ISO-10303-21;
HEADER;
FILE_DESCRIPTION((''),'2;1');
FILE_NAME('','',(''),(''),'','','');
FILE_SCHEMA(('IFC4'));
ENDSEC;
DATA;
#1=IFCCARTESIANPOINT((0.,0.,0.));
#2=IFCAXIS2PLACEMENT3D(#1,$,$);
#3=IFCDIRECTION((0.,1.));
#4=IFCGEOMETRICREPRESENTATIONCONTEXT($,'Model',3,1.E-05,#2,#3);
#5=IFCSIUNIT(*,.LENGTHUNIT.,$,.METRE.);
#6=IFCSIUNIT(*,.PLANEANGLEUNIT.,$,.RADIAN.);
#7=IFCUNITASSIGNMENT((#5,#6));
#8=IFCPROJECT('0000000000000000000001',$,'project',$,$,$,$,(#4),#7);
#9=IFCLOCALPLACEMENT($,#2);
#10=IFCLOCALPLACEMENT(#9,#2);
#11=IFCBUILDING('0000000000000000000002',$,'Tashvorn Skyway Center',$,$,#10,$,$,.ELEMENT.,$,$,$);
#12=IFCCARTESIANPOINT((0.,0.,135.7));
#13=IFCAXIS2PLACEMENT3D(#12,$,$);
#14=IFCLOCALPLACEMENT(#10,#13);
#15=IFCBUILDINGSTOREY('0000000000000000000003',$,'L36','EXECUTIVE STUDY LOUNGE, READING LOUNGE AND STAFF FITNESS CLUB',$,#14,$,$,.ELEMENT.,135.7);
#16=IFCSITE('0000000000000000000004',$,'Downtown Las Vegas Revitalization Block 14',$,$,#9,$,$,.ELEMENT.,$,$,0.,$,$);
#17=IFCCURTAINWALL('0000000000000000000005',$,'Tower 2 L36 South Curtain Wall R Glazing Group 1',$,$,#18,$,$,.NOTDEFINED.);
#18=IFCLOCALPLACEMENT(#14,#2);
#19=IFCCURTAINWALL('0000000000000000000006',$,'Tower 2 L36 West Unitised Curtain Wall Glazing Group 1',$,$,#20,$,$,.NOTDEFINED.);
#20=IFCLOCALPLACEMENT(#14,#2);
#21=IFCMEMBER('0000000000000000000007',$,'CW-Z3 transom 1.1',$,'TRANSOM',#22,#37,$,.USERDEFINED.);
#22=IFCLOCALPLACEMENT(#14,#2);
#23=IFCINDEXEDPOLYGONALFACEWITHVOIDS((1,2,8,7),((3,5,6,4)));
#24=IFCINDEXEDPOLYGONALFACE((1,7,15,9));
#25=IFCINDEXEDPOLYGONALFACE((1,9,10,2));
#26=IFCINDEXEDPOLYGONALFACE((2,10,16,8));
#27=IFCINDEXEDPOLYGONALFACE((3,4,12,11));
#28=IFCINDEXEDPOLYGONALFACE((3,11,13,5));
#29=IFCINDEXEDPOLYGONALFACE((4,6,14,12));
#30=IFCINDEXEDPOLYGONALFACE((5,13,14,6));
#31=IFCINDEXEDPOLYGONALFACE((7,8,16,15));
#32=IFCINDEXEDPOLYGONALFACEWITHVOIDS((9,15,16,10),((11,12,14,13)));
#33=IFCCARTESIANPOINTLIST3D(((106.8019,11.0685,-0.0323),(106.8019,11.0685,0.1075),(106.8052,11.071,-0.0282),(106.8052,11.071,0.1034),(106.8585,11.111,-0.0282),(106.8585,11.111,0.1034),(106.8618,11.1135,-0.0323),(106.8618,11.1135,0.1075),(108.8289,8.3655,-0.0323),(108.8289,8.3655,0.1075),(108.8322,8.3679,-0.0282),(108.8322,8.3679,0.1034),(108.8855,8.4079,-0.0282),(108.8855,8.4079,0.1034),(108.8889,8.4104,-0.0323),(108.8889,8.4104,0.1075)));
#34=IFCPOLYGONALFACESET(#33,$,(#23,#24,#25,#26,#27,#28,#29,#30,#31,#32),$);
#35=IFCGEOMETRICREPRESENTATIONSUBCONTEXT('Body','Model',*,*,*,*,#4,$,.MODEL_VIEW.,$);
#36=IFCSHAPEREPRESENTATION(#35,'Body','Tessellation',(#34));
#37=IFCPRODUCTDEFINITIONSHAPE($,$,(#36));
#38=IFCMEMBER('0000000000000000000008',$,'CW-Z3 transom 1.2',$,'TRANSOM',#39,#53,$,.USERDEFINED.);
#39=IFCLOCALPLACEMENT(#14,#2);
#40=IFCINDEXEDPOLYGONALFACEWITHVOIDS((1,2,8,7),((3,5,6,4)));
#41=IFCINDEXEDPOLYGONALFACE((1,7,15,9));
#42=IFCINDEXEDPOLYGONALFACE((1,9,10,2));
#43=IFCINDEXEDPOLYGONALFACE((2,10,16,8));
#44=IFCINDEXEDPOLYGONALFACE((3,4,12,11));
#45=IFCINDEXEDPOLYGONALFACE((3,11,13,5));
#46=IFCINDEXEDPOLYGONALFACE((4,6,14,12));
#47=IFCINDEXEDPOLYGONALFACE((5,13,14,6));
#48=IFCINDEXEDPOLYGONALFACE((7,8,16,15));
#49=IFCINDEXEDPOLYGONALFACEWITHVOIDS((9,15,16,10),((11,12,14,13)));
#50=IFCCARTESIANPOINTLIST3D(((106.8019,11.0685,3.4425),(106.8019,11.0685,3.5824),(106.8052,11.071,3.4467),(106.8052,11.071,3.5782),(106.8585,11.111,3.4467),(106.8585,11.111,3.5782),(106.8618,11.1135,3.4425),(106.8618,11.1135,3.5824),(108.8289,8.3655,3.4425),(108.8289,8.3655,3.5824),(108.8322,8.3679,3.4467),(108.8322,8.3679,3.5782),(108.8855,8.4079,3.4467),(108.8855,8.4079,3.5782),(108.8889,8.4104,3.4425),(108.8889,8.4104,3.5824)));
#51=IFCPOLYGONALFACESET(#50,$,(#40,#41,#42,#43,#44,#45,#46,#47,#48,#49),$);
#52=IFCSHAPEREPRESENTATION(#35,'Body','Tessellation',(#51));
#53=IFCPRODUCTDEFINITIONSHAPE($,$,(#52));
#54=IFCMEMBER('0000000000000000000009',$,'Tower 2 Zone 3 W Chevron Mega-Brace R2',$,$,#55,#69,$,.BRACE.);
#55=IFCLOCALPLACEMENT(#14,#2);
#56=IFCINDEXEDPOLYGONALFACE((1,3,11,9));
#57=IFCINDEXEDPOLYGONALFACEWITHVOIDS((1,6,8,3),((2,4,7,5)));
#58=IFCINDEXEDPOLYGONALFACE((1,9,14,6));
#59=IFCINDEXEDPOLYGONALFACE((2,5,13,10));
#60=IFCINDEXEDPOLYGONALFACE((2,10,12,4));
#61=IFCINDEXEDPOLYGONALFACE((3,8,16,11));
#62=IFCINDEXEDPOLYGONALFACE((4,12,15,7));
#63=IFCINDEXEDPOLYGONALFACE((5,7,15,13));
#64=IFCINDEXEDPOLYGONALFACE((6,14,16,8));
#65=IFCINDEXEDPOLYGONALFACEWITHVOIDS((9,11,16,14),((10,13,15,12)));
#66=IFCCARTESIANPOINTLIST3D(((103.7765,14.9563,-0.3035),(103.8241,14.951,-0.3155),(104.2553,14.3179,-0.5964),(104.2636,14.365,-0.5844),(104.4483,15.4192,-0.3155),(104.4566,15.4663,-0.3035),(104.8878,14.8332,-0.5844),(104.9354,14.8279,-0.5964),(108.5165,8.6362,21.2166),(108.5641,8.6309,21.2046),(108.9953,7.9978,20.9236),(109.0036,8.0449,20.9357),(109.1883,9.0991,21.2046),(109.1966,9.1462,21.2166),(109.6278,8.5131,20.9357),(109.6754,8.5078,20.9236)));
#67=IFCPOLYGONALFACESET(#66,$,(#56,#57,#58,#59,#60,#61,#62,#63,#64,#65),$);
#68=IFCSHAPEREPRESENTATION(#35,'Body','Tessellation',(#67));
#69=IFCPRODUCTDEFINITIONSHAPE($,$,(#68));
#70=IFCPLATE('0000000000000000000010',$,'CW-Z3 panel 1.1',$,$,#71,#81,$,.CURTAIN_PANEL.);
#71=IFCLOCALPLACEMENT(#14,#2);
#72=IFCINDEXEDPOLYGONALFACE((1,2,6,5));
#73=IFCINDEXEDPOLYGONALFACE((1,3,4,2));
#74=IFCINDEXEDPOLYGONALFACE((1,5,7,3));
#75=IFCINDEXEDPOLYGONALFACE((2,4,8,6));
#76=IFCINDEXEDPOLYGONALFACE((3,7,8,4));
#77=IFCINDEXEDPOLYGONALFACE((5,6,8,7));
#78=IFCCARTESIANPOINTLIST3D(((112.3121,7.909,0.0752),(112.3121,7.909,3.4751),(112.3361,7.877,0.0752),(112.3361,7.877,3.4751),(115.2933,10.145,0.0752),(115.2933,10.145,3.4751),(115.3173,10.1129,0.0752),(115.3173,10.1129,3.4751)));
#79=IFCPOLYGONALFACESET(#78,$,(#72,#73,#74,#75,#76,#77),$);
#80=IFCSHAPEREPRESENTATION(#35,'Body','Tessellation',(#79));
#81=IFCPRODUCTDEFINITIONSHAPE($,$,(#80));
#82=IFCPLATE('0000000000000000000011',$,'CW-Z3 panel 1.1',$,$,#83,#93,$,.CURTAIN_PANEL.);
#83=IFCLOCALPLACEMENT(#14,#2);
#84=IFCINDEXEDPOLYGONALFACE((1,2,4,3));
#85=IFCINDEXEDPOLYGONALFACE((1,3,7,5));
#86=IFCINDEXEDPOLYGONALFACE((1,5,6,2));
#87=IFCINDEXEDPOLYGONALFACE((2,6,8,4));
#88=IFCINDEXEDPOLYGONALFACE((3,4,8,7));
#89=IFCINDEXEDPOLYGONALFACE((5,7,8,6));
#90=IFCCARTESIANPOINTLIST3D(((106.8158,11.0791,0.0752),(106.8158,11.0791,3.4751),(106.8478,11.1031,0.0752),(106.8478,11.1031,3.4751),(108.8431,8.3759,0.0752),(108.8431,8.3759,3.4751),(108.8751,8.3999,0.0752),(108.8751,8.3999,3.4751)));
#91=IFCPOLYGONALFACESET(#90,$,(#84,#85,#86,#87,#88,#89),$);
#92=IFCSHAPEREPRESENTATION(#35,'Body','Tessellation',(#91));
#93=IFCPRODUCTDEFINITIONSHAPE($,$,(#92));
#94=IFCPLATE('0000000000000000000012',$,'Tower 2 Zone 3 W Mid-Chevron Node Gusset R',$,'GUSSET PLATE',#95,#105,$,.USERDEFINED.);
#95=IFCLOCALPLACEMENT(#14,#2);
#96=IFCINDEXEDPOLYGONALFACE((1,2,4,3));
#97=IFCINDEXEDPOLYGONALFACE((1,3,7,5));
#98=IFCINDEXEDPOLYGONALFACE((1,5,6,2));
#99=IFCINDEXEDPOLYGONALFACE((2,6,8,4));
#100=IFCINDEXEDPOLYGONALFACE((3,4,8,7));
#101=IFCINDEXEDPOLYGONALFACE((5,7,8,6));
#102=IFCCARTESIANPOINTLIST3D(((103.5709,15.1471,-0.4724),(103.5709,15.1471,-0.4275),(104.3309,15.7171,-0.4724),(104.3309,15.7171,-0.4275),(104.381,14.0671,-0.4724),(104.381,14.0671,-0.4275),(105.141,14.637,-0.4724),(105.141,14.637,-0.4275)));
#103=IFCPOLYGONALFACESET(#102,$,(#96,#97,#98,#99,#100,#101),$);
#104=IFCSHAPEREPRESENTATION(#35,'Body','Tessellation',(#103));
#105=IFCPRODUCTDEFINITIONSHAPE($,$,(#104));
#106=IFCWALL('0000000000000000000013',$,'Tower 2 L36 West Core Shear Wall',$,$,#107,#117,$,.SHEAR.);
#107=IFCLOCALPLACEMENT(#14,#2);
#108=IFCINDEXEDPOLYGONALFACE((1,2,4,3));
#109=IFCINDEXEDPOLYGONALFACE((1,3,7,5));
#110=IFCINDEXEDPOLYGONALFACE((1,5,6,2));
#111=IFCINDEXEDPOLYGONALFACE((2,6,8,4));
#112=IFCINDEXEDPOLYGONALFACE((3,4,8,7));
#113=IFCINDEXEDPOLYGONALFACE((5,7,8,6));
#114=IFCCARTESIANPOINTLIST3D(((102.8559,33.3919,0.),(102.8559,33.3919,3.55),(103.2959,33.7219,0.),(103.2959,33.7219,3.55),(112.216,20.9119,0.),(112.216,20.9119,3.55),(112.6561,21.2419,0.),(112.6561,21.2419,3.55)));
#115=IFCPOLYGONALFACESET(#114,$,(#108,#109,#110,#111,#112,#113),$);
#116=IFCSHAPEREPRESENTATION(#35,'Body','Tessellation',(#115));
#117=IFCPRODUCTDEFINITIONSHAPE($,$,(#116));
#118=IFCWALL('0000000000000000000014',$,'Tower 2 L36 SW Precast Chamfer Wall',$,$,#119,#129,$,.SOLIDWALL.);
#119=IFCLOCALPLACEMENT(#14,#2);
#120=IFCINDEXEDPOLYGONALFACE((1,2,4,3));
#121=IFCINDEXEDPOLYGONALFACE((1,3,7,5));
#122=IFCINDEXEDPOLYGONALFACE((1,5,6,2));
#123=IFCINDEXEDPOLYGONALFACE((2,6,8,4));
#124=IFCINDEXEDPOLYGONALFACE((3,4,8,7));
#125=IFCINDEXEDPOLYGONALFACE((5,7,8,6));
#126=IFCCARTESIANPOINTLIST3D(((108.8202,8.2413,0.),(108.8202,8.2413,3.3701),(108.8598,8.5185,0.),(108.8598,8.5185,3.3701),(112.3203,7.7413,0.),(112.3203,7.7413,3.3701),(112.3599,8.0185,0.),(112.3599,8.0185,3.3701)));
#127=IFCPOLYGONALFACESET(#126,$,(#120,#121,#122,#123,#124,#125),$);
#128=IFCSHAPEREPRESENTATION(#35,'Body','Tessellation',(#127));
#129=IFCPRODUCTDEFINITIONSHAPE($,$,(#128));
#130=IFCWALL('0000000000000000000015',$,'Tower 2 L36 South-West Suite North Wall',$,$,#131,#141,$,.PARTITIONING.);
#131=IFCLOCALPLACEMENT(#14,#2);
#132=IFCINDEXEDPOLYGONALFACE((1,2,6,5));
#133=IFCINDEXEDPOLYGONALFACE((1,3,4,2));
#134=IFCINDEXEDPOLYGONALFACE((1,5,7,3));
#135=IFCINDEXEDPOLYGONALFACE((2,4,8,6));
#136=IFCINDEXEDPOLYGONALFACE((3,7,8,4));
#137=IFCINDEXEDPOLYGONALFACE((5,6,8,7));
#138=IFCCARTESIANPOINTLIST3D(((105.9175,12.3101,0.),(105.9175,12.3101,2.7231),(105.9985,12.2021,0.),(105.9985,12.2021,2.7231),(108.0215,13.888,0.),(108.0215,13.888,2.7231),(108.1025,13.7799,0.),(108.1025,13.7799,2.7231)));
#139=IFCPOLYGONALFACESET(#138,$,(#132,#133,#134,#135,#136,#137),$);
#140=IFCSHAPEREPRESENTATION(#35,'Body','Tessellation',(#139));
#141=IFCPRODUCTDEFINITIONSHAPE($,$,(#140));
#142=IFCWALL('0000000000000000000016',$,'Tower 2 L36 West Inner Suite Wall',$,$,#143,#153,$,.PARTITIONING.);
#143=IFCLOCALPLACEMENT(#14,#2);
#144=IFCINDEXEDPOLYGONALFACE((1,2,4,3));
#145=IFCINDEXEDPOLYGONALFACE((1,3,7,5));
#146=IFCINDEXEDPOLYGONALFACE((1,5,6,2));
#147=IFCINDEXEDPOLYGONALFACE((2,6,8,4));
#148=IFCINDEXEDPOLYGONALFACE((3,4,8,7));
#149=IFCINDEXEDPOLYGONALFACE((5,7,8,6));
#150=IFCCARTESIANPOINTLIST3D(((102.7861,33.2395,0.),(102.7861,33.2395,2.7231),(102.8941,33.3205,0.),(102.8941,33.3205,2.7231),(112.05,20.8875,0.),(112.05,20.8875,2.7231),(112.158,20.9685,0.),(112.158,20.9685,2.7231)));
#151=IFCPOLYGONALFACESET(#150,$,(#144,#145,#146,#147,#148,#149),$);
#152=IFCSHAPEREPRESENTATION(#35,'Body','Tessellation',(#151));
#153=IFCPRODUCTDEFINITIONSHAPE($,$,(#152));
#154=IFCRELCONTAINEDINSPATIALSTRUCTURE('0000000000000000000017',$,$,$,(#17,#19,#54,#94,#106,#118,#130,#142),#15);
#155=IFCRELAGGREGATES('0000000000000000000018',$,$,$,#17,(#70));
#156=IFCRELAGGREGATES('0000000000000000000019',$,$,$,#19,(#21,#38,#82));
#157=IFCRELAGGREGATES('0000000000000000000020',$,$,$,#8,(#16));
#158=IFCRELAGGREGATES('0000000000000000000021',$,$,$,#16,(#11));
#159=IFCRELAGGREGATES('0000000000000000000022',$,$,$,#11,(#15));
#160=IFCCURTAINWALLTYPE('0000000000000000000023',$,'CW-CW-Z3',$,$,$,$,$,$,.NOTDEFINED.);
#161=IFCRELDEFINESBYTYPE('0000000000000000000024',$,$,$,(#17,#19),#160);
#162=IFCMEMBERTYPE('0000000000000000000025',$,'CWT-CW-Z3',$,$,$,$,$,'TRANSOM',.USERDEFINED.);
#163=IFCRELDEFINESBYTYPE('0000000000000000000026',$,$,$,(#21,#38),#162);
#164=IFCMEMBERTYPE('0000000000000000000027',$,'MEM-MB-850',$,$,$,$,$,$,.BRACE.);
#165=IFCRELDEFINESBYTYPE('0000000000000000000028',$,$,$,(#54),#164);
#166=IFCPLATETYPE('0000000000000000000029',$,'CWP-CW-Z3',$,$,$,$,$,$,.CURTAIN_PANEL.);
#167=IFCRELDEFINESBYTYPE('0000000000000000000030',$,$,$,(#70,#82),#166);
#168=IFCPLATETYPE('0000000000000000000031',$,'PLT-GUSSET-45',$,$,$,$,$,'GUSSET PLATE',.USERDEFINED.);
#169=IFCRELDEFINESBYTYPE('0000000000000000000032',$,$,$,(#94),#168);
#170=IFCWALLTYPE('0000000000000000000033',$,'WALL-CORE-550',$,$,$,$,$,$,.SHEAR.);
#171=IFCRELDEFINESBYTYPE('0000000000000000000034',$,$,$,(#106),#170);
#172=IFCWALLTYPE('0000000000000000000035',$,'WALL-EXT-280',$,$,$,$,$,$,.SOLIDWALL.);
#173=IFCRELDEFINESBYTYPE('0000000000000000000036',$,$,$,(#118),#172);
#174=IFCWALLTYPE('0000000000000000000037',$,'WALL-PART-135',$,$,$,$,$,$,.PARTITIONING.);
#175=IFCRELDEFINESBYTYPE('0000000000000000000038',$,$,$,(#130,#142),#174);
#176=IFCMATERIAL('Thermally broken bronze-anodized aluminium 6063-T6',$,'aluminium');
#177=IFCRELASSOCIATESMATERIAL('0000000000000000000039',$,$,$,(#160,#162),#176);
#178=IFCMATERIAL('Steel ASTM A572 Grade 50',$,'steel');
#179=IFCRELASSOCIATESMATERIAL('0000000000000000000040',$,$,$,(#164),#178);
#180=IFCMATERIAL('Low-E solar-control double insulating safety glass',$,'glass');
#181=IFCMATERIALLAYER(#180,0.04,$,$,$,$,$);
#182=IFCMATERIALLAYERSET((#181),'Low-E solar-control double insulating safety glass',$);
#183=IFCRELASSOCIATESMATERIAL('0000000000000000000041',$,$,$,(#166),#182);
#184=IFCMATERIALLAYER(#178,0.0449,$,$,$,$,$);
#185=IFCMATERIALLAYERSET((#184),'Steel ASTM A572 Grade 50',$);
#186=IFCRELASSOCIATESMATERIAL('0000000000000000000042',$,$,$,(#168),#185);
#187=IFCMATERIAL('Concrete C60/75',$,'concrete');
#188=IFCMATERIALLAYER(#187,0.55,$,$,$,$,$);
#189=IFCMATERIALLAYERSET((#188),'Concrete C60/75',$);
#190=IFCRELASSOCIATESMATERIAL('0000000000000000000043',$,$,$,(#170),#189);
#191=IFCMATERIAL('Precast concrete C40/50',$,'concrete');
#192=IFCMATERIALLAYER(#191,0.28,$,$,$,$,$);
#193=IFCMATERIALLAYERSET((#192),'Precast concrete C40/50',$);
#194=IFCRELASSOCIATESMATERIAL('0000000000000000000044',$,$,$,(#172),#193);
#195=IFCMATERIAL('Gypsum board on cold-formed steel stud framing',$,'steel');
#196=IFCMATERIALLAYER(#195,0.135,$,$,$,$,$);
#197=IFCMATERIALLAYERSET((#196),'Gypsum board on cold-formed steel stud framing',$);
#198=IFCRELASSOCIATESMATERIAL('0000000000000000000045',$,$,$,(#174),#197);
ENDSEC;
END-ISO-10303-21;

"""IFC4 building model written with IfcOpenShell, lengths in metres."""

from ifc_helpers import new_model, si_unit, direction, frame, frame_2d, origin, origin_2d, place, context, subcontext, project, spatial, rectangle, hollow_rectangle, extrude, material, layer, layer_set, material_profile, profile_set, type_object, element, aggregate, save


model = new_model("IFC4")

# Units and contexts
model_context = context("Model", 3, precision=1e-05, world=origin(), true_north=direction((0.0, 1.0)))
body_context = subcontext(model_context, "Body", "Model", "MODEL_VIEW")
ifc_project = project(units=[si_unit("LENGTHUNIT", "METRE"), si_unit("PLANEANGLEUNIT", "RADIAN")], contexts=[model_context])

# Site, building, storey
site_placement = place(None, origin())
site = spatial("IfcSite", under=ifc_project, at=site_placement, Name="Downtown Las Vegas Revitalization Block 14", CompositionType="ELEMENT", RefElevation=0.0)
building_placement = place(site_placement, origin())
building = spatial("IfcBuilding", under=site, at=building_placement, Name="Tashvorn Skyway Center", CompositionType="ELEMENT")
storey_placement = place(building_placement, frame((0.0, 0.0, 135.7)))
storey = spatial("IfcBuildingStorey", under=building, at=storey_placement, Name="L36", Description="EXECUTIVE STUDY LOUNGE, READING LOUNGE AND STAFF FITNESS CLUB", CompositionType="ELEMENT", Elevation=135.7)

# Shared definitions
ifc_material_1 = material(Name="Steel ASTM A572 Grade 50", Category="steel")

# Shared definitions
ifc_material_2 = material(Name="Concrete C60/75", Category="concrete")

# Curtain wall
ifc_material_3 = material(Name="Thermally broken bronze-anodized aluminium 6063-T6", Category="aluminium")
curtain_wall_type = type_object("IfcCurtainWallType", Name="CW-CW-Z3", PredefinedType="NOTDEFINED", material=ifc_material_3)
curtain_wall_1_placement = place(storey_placement, origin())
curtain_wall_1 = element("IfcCurtainWall", 1, at=curtain_wall_1_placement, inside=storey, type_object=curtain_wall_type, Name="Tower 2 L36 South Curtain Wall R Glazing Group 1", PredefinedType="NOTDEFINED")

# Curtain wall, members
curtain_wall_2_placement = place(storey_placement, origin())
curtain_wall_2 = element("IfcCurtainWall", 2, at=curtain_wall_2_placement, inside=storey, type_object=curtain_wall_type, Name="Tower 2 L36 West Unitised Curtain Wall Glazing Group 1", PredefinedType="NOTDEFINED")
ifc_material_profile_1 = material_profile(ifc_material_3, hollow_rectangle(XDim=0.075, YDim=0.1399, WallThickness=0.0042, at=origin_2d()), Name="ALU-TRAN-75x140")
ifc_profile_set_1 = profile_set([ifc_material_profile_1], Name="Thermally broken bronze-anodized aluminium 6063-T6")
member_type_1 = type_object("IfcMemberType", Name="CWT-CW-Z3", ElementType="TRANSOM", PredefinedType="USERDEFINED", material=ifc_profile_set_1)
member_1_placement = place(storey_placement, frame((108.8589, 8.3879, 0.0376), z_axis=(-0.599954, 0.800035, 0.0), x_axis=(-0.800035, -0.599954, 0.0)))
member_1 = element("IfcMember", 3, at=member_1_placement, type_object=member_type_1, Name="CW-Z3 transom 1.1", ObjectType="TRANSOM", PredefinedType="USERDEFINED", context=body_context, shape_type="SweptSolid", body=[
    extrude(hollow_rectangle(XDim=0.075, YDim=0.1399, WallThickness=0.0042, at=origin_2d()), origin(), (0.0, 0.0, 1.0), 3.3787),
])
member_2_placement = place(storey_placement, frame((108.8589, 8.3879, 3.5125), z_axis=(-0.599954, 0.800035, 0.0), x_axis=(-0.800035, -0.599954, 0.0)))
member_2 = element("IfcMember", 4, at=member_2_placement, type_object=member_type_1, Name="CW-Z3 transom 1.2", ObjectType="TRANSOM", PredefinedType="USERDEFINED", context=body_context, shape_type="SweptSolid", body=[
    extrude(hollow_rectangle(XDim=0.075, YDim=0.1399, WallThickness=0.0042, at=origin_2d()), origin(), (0.0, 0.0, 1.0), 3.3787),
])

# Member
ifc_material_profile_2 = material_profile(ifc_material_1, hollow_rectangle(XDim=0.8501, YDim=0.8501, WallThickness=0.0349, at=origin_2d()), Name="BOX850x850x35")
ifc_profile_set_2 = profile_set([ifc_material_profile_2], Name="Steel ASTM A572 Grade 50")
member_type_2 = type_object("IfcMemberType", Name="MEM-MB-850", PredefinedType="BRACE", material=ifc_profile_set_2)
member_3_placement = place(storey_placement, frame((104.356, 14.8921, -0.45), z_axis=(0.206767, -0.275693, 0.938744), x_axis=(0.800004, 0.599995, 0.0)))
element("IfcMember", 5, at=member_3_placement, inside=storey, type_object=member_type_2, Name="Tower 2 Zone 3 W Chevron Mega-Brace R2", PredefinedType="BRACE", context=body_context, shape_type="SweptSolid", body=[
    extrude(hollow_rectangle(XDim=0.8501, YDim=0.8501, WallThickness=0.0349, at=origin_2d()), origin(), (0.0, 0.0, 1.0), 22.9243),
])

# Plates
ifc_material_4 = material(Name="Low-E solar-control double insulating safety glass", Category="glass")
ifc_layer_1 = layer(ifc_material_4, 0.04)
ifc_layer_set_1 = layer_set([ifc_layer_1], Name="Low-E solar-control double insulating safety glass")
plate_type_1 = type_object("IfcPlateType", Name="CWP-CW-Z3", PredefinedType="CURTAIN_PANEL", material=ifc_layer_set_1)
plate_1_placement = place(storey_placement, frame((113.8147, 9.011, 0.0752), z_axis=(0.0, 0.0, 1.0), x_axis=(-0.799997, -0.600004, 0.0)))
plate_1 = element("IfcPlate", 6, at=plate_1_placement, type_object=plate_type_1, Name="CW-Z3 panel 1.1", PredefinedType="CURTAIN_PANEL", context=body_context, shape_type="SweptSolid", body=[
    extrude(rectangle(XDim=3.7266, YDim=0.04, at=origin_2d()), origin(), (0.0, 0.0, 1.0), 3.3999),
])
aggregate(curtain_wall_1, [plate_1])
plate_2_placement = place(storey_placement, frame((107.8455, 9.7395, 0.0752), z_axis=(0.0, 0.0, 1.0), x_axis=(-0.599995, 0.800003, 0.0)))
plate_2 = element("IfcPlate", 7, at=plate_2_placement, type_object=plate_type_1, Name="CW-Z3 panel 1.1", PredefinedType="CURTAIN_PANEL", context=body_context, shape_type="SweptSolid", body=[
    extrude(rectangle(XDim=3.3789, YDim=0.04, at=origin_2d()), origin(), (0.0, 0.0, 1.0), 3.3999),
])
aggregate(curtain_wall_2, [member_1, member_2, plate_2])
ifc_layer_2 = layer(ifc_material_1, 0.0449)
ifc_layer_set_2 = layer_set([ifc_layer_2], Name="Steel ASTM A572 Grade 50")
plate_type_2 = type_object("IfcPlateType", Name="PLT-GUSSET-45", ElementType="GUSSET PLATE", PredefinedType="USERDEFINED", material=ifc_layer_set_2)
plate_3_placement = place(storey_placement, frame((104.356, 14.8921, -0.4724), z_axis=(0.0, 0.0, 1.0), x_axis=(0.6, -0.8, 0.0)))
element("IfcPlate", 8, at=plate_3_placement, inside=storey, type_object=plate_type_2, Name="Tower 2 Zone 3 W Mid-Chevron Node Gusset R", ObjectType="GUSSET PLATE", PredefinedType="USERDEFINED", context=body_context, shape_type="SweptSolid", body=[
    extrude(rectangle(XDim=1.3501, YDim=0.95, at=origin_2d()), origin(), (0.0, 0.0, 1.0), 0.0449),
])

# Walls
ifc_layer_3 = layer(ifc_material_2, 0.55)
ifc_layer_set_3 = layer_set([ifc_layer_3], Name="Concrete C60/75")
wall_type_1 = type_object("IfcWallType", Name="WALL-CORE-550", PredefinedType="SHEAR", material=ifc_layer_set_3)
wall_1_placement = place(storey_placement, frame((112.436, 21.0769, 0.0), z_axis=(0.0, 0.0, 1.0), x_axis=(-0.600005, 0.799996, 0.0)))
element("IfcWall", 9, at=wall_1_placement, inside=storey, type_object=wall_type_1, Name="Tower 2 L36 West Core Shear Wall", PredefinedType="SHEAR", context=body_context, shape_type="SweptSolid", body=[
    extrude(rectangle(XDim=15.6001, YDim=0.55, at=frame_2d((7.8, 0.0))), origin(), (0.0, 0.0, 1.0), 3.55),
])
ifc_material_5 = material(Name="Precast concrete C40/50", Category="concrete")
ifc_layer_4 = layer(ifc_material_5, 0.28)
ifc_layer_set_4 = layer_set([ifc_layer_4], Name="Precast concrete C40/50")
wall_type_2 = type_object("IfcWallType", Name="WALL-EXT-280", PredefinedType="SOLIDWALL", material=ifc_layer_set_4)
wall_2_placement = place(storey_placement, frame((112.3401, 7.8799, 0.0), z_axis=(0.0, 0.0, 1.0), x_axis=(-0.989949, 0.141421, 0.0)))
element("IfcWall", 10, at=wall_2_placement, inside=storey, type_object=wall_type_2, Name="Tower 2 L36 SW Precast Chamfer Wall", PredefinedType="SOLIDWALL", context=body_context, shape_type="SweptSolid", body=[
    extrude(rectangle(XDim=3.5356, YDim=0.28, at=frame_2d((1.7678, 0.0))), origin(), (0.0, 0.0, 1.0), 3.3701),
])
ifc_material_6 = material(Name="Gypsum board on cold-formed steel stud framing", Category="steel")
ifc_layer_5 = layer(ifc_material_6, 0.135)
ifc_layer_set_5 = layer_set([ifc_layer_5], Name="Gypsum board on cold-formed steel stud framing")
wall_type_3 = type_object("IfcWallType", Name="WALL-PART-135", PredefinedType="PARTITIONING", material=ifc_layer_set_5)
wall_3_placement = place(storey_placement, frame((105.958, 12.2561, 0.0), z_axis=(0.0, 0.0, 1.0), x_axis=(0.800022, 0.59997, 0.0)))
element("IfcWall", 11, at=wall_3_placement, inside=storey, type_object=wall_type_3, Name="Tower 2 L36 South-West Suite North Wall", PredefinedType="PARTITIONING", context=body_context, shape_type="SweptSolid", body=[
    extrude(rectangle(XDim=2.6299, YDim=0.135, at=frame_2d((1.3149, 0.0))), origin(), (0.0, 0.0, 1.0), 2.7231),
])
wall_4_placement = place(storey_placement, frame((112.104, 20.928, 0.0), z_axis=(0.0, 0.0, 1.0), x_axis=(-0.599995, 0.800004, 0.0)))
element("IfcWall", 12, at=wall_4_placement, inside=storey, type_object=wall_type_3, Name="Tower 2 L36 West Inner Suite Wall", PredefinedType="PARTITIONING", context=body_context, shape_type="SweptSolid", body=[
    extrude(rectangle(XDim=15.4399, YDim=0.135, at=frame_2d((7.72, 0.0))), origin(), (0.0, 0.0, 1.0), 2.7231),
])

save(model, "model.ifc")
